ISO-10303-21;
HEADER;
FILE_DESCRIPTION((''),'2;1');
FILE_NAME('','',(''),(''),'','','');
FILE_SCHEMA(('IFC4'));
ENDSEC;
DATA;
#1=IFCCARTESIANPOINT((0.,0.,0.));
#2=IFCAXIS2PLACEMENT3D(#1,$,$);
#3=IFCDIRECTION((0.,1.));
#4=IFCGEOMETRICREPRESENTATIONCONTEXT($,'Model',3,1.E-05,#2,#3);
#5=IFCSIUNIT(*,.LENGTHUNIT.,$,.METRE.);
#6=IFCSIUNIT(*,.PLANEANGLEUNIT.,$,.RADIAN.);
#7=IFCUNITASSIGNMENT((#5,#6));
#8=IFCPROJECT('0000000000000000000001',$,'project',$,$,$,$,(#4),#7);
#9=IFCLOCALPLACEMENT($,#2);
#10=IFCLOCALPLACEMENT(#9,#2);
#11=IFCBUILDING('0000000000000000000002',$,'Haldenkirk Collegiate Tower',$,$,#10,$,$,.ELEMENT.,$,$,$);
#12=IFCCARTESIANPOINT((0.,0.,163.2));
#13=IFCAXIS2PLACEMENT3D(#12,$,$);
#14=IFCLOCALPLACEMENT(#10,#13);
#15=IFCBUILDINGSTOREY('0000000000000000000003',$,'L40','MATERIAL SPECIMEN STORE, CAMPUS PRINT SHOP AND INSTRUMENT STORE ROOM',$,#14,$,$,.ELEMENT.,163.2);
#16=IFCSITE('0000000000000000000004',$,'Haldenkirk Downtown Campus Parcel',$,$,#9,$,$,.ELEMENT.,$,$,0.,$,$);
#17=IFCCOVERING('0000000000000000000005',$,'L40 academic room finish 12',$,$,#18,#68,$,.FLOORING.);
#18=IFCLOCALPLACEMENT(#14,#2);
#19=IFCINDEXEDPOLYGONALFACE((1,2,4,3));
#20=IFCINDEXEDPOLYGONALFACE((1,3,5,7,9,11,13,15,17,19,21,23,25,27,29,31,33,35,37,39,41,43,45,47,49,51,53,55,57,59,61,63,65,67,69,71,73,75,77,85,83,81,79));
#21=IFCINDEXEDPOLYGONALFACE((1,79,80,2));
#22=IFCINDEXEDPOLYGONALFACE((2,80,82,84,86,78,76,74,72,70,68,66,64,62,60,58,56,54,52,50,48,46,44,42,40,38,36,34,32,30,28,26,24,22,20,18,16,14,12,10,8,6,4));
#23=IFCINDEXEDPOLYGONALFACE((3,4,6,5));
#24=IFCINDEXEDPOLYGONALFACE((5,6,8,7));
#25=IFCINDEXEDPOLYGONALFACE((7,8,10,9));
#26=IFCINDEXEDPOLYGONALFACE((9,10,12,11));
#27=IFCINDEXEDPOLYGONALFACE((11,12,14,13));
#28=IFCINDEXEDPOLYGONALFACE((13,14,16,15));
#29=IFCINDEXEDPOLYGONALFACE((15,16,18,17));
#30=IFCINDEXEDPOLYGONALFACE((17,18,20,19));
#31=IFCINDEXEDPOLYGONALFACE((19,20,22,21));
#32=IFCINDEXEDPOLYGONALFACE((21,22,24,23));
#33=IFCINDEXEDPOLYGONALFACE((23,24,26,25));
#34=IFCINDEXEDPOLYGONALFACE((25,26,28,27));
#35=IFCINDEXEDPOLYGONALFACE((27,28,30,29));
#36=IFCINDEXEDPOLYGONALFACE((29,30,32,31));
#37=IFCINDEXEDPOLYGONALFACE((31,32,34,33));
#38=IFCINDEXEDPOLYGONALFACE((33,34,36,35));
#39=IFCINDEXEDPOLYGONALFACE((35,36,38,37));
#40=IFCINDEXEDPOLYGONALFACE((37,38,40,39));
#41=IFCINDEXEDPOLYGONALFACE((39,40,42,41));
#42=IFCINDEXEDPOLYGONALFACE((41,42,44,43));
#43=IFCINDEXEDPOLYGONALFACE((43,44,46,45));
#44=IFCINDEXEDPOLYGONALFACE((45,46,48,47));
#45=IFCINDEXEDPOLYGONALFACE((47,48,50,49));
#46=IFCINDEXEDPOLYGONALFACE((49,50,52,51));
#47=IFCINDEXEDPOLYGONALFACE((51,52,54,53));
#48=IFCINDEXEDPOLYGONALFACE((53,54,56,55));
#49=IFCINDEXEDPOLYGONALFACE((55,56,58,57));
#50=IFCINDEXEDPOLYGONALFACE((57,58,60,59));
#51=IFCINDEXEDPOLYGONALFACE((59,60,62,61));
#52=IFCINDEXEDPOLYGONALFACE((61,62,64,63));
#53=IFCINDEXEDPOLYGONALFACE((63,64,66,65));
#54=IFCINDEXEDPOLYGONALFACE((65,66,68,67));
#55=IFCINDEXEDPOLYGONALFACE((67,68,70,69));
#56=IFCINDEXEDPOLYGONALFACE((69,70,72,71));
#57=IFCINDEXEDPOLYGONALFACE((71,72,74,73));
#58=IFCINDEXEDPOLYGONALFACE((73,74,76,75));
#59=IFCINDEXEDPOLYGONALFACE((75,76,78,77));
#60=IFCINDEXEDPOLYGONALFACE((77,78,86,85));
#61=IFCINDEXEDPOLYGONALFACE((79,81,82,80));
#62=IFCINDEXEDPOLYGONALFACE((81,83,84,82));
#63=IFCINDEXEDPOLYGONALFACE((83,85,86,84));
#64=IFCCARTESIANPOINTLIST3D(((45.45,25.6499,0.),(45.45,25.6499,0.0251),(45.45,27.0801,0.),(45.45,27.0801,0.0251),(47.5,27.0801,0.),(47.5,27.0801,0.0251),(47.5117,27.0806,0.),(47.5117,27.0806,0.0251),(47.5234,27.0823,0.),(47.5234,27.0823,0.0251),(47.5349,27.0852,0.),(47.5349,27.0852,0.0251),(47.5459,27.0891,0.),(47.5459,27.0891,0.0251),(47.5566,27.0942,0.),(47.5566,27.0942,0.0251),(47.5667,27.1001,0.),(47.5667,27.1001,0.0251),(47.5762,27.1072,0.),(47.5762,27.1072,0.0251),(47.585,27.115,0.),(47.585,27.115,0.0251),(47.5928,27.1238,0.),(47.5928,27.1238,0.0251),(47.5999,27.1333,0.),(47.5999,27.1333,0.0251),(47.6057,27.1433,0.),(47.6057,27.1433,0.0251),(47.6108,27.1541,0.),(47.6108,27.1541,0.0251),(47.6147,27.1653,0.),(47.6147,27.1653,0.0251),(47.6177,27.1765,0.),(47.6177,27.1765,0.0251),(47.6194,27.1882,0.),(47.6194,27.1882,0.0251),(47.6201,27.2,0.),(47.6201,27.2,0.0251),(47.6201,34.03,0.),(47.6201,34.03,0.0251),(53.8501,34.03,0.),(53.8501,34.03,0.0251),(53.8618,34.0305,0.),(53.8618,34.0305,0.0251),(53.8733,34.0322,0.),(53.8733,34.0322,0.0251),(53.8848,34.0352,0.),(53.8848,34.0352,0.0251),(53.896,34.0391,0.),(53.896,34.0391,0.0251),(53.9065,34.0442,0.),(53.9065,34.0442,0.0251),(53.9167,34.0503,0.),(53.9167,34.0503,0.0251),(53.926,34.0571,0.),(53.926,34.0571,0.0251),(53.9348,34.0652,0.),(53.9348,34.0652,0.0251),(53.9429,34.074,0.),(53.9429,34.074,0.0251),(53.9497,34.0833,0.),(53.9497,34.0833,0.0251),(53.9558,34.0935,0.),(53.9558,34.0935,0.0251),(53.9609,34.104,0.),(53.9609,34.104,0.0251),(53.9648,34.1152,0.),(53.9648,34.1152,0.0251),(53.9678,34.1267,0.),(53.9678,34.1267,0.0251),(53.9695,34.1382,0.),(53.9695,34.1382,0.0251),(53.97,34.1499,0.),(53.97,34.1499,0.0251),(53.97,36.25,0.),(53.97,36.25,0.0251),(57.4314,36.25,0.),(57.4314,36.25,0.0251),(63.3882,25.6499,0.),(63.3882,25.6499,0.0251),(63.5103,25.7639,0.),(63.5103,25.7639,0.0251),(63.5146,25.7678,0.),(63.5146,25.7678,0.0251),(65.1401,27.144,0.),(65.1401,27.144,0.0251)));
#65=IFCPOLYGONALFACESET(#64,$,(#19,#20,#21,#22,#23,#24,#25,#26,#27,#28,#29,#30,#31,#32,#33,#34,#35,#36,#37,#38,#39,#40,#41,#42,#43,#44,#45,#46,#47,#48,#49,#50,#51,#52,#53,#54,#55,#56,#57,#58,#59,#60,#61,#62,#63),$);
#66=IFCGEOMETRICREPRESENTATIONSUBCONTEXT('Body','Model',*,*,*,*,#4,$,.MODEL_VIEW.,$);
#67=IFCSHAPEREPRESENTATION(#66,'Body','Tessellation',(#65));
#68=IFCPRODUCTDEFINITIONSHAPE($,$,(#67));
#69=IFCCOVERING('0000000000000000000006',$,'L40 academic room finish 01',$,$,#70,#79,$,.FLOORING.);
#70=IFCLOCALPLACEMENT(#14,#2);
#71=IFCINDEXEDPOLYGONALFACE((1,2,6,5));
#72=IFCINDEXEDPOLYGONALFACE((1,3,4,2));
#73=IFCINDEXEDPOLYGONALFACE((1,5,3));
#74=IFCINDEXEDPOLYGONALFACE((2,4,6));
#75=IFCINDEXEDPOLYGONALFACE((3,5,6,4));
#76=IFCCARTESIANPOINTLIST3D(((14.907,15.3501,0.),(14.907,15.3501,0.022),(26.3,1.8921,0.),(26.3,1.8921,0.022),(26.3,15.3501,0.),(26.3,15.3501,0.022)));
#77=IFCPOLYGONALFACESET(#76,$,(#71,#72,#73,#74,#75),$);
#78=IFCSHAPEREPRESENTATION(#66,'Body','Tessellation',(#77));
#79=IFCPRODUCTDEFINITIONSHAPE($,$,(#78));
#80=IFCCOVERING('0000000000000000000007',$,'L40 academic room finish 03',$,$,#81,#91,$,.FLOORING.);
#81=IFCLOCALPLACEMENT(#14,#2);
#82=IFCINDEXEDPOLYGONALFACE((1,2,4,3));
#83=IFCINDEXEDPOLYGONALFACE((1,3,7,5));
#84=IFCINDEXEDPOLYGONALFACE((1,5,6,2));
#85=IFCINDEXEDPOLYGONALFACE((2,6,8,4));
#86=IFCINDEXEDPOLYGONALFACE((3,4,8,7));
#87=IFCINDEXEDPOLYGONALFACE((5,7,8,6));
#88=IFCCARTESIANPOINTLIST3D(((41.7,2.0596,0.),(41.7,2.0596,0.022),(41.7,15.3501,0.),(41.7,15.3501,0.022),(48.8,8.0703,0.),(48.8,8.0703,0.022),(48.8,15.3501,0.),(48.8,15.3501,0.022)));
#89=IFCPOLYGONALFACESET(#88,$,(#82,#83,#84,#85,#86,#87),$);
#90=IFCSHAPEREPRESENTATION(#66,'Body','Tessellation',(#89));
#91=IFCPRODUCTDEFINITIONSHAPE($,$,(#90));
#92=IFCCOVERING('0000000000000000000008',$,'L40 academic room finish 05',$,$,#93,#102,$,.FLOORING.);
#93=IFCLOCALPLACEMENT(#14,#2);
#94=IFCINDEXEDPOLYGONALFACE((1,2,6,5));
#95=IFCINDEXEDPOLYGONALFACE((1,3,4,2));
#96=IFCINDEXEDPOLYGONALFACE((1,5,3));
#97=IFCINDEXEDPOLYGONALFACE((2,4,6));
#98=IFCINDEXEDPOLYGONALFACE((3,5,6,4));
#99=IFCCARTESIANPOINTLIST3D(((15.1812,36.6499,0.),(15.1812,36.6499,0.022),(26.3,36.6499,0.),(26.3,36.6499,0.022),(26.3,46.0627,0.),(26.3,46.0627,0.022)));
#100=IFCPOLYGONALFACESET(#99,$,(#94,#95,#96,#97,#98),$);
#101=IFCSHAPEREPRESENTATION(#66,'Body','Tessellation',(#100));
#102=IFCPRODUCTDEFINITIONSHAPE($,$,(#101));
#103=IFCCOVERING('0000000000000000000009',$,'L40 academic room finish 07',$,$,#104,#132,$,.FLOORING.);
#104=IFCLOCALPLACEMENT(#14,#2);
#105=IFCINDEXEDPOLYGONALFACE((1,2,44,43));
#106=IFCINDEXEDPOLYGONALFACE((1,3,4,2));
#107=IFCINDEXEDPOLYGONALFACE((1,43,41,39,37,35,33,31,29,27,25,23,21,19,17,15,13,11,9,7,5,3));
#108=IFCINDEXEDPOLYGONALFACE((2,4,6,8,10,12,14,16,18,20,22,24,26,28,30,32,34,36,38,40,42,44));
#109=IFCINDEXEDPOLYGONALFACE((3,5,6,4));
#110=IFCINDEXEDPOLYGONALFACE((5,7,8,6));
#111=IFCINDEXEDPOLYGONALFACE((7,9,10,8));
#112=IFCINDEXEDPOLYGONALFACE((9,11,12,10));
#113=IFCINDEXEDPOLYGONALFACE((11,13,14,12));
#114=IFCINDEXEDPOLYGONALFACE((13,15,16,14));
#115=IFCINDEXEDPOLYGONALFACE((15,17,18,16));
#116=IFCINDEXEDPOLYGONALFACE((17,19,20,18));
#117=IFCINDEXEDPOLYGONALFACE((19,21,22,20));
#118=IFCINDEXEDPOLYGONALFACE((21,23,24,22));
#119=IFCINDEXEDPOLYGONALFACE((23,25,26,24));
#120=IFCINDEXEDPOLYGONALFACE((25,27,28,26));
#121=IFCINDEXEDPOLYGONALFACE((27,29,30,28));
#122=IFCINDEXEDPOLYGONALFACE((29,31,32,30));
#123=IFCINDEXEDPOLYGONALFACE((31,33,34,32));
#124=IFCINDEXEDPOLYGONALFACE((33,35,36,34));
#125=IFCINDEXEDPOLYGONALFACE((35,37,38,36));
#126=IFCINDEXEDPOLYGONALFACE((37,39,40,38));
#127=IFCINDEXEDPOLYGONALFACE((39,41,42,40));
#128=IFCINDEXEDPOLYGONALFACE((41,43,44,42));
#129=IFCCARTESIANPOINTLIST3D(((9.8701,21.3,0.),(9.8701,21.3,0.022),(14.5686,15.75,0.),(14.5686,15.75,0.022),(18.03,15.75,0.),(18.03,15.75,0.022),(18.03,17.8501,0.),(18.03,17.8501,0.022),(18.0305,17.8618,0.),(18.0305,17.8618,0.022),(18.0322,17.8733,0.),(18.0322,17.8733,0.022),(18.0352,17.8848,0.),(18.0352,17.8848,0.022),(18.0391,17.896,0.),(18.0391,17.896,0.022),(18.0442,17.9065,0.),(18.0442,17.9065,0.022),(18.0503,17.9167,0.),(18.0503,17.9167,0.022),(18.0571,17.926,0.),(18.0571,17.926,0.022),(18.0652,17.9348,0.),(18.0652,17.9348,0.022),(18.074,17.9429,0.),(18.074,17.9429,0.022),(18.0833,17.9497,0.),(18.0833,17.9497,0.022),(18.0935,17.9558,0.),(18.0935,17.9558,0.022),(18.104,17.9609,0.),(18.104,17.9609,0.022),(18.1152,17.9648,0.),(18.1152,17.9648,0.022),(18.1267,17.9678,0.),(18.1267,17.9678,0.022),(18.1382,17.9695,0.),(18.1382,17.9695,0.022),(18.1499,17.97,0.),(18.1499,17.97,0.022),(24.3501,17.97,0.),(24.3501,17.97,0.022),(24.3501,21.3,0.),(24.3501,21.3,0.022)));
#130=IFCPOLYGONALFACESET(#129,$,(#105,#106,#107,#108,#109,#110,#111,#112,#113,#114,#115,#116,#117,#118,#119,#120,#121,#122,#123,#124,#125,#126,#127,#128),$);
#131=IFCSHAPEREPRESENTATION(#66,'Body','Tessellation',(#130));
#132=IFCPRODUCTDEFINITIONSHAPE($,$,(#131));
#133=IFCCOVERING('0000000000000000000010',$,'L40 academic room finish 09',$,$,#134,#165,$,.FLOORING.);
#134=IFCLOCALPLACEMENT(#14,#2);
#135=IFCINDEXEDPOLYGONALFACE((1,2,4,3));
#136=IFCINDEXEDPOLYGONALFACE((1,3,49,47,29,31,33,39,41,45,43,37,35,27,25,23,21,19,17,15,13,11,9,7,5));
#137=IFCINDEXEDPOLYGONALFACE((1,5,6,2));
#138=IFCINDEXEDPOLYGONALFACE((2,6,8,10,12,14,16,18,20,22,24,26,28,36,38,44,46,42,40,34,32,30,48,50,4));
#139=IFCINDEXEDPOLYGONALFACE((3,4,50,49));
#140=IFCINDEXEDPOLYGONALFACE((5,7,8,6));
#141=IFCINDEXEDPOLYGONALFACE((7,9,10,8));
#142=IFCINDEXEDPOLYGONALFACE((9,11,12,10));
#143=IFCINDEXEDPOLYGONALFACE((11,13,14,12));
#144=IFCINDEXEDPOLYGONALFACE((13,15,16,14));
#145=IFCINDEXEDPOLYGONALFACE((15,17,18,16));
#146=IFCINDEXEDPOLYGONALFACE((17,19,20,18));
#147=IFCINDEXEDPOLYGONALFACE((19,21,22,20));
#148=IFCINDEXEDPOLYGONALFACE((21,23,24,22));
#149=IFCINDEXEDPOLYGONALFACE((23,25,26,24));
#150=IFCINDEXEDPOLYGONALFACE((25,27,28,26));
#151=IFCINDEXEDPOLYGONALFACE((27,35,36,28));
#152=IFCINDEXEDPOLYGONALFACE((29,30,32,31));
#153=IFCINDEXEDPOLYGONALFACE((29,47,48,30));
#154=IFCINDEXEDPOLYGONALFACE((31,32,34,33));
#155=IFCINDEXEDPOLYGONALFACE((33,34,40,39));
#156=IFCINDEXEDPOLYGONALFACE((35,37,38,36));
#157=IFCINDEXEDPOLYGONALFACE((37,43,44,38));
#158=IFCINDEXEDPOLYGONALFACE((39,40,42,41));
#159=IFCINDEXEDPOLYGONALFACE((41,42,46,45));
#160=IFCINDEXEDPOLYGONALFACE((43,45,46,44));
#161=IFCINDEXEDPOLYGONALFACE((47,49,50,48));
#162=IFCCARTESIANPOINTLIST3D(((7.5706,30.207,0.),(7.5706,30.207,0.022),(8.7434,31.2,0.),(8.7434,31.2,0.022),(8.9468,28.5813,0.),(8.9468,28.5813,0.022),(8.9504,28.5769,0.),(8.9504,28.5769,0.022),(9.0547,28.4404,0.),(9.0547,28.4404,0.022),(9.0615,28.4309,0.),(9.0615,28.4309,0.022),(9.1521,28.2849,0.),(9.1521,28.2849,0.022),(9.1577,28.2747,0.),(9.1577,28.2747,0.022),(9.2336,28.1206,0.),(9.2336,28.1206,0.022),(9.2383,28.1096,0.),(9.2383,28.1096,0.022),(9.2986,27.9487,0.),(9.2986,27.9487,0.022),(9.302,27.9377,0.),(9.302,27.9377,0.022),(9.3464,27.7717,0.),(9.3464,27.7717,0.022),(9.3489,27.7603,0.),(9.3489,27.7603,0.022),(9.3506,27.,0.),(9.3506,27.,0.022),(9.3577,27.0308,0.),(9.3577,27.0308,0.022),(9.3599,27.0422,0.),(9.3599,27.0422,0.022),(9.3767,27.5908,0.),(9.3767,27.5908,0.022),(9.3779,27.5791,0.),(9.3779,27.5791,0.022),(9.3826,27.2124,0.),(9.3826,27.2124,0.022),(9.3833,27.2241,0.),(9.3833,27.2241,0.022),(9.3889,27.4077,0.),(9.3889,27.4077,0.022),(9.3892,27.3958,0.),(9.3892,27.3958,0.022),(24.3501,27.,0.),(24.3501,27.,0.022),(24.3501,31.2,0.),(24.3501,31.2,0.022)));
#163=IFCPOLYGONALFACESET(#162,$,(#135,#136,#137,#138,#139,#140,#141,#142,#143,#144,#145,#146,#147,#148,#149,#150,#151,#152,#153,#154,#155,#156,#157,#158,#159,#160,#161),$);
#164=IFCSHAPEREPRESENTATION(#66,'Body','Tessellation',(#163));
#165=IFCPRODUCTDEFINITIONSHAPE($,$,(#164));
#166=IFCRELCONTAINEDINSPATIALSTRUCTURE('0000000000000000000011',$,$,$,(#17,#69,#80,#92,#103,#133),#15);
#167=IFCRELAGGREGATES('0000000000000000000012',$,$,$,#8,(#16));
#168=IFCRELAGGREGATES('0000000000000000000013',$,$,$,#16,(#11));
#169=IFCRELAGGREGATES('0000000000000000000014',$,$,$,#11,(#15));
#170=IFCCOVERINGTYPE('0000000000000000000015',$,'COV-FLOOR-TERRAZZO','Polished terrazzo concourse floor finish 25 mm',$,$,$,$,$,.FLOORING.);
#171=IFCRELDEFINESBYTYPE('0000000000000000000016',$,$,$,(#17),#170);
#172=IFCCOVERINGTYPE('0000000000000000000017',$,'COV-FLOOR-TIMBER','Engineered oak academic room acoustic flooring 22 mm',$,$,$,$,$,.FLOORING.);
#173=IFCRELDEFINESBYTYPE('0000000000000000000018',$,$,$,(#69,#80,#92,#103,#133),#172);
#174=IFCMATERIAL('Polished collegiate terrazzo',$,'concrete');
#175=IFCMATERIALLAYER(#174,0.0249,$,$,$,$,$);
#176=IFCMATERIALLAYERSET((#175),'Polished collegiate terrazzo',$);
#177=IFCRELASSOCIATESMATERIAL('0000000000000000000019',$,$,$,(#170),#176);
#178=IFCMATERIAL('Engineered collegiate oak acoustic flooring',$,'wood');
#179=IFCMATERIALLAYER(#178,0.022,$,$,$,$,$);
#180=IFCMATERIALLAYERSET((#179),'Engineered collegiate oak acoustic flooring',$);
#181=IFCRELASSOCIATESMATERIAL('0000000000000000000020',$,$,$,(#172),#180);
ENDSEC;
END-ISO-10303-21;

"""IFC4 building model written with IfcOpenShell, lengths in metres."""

from ifc_helpers import new_model, si_unit, direction, frame, origin, place, context, subcontext, project, spatial, polyline, outline, extrude, material, layer, layer_set, type_object, element, save


model = new_model("IFC4")

# Units and contexts
model_context = context("Model", 3, precision=1e-05, world=origin(), true_north=direction((0.0, 1.0)))
body_context = subcontext(model_context, "Body", "Model", "MODEL_VIEW")
ifc_project = project(units=[si_unit("LENGTHUNIT", "METRE"), si_unit("PLANEANGLEUNIT", "RADIAN")], contexts=[model_context])

# Site, building, storey
site_placement = place(None, origin())
site = spatial("IfcSite", under=ifc_project, at=site_placement, Name="Haldenkirk Downtown Campus Parcel", CompositionType="ELEMENT", RefElevation=0.0)
building_placement = place(site_placement, origin())
building = spatial("IfcBuilding", under=site, at=building_placement, Name="Haldenkirk Collegiate Tower", CompositionType="ELEMENT")
storey_placement = place(building_placement, frame((0.0, 0.0, 163.2)))
storey = spatial("IfcBuildingStorey", under=building, at=storey_placement, Name="L40", Description="MATERIAL SPECIMEN STORE, CAMPUS PRINT SHOP AND INSTRUMENT STORE ROOM", CompositionType="ELEMENT", Elevation=163.2)

# Coverings
ifc_material_1 = material(Name="Polished collegiate terrazzo", Category="concrete")
ifc_layer_1 = layer(ifc_material_1, 0.0249)
ifc_layer_set_1 = layer_set([ifc_layer_1], Name="Polished collegiate terrazzo")
covering_type_1 = type_object("IfcCoveringType", Name="COV-FLOOR-TERRAZZO", Description="Polished terrazzo concourse floor finish 25 mm", PredefinedType="FLOORING", material=ifc_layer_set_1)
covering_1_placement = place(storey_placement, origin())
element("IfcCovering", 1, at=covering_1_placement, inside=storey, type_object=covering_type_1, Name="L40 academic room finish 12", PredefinedType="FLOORING", context=body_context, shape_type="SweptSolid", body=[
    extrude(outline(polyline([(63.3882, 25.6499), (45.45, 25.6499), (45.45, 27.0801), (47.5, 27.0801), (47.5117, 27.0806), (47.5234, 27.0823), (47.5349, 27.0852), (47.5459, 27.0891), (47.5566, 27.0942), (47.5667, 27.1001), (47.5762, 27.1072), (47.585, 27.115), (47.5928, 27.1238), (47.5999, 27.1333), (47.6057, 27.1433), (47.6108, 27.1541), (47.6147, 27.1653), (47.6177, 27.1765), (47.6194, 27.1882), (47.6201, 27.2), (47.6201, 34.03), (53.8501, 34.03), (53.8618, 34.0305), (53.8733, 34.0322), (53.8848, 34.0352), (53.896, 34.0391), (53.9065, 34.0442), (53.9167, 34.0503), (53.926, 34.0571), (53.9348, 34.0652), (53.9429, 34.074), (53.9497, 34.0833), (53.9558, 34.0935), (53.9609, 34.104), (53.9648, 34.1152), (53.9678, 34.1267), (53.9695, 34.1382), (53.97, 34.1499), (53.97, 36.25), (57.4314, 36.25), (65.1401, 27.144), (63.5146, 25.7678), (63.5103, 25.7639), (63.3882, 25.6499)])), origin(), (0.0, 0.0, 1.0), 0.0251),
])
ifc_material_2 = material(Name="Engineered collegiate oak acoustic flooring", Category="wood")
ifc_layer_2 = layer(ifc_material_2, 0.022)
ifc_layer_set_2 = layer_set([ifc_layer_2], Name="Engineered collegiate oak acoustic flooring")
covering_type_2 = type_object("IfcCoveringType", Name="COV-FLOOR-TIMBER", Description="Engineered oak academic room acoustic flooring 22 mm", PredefinedType="FLOORING", material=ifc_layer_set_2)
covering_2_placement = place(storey_placement, origin())
element("IfcCovering", 2, at=covering_2_placement, inside=storey, type_object=covering_type_2, Name="L40 academic room finish 01", PredefinedType="FLOORING", context=body_context, shape_type="SweptSolid", body=[
    extrude(outline(polyline([(14.907, 15.3501), (26.3, 15.3501), (26.3, 1.8921), (14.907, 15.3501)])), origin(), (0.0, 0.0, 1.0), 0.022),
])
covering_3_placement = place(storey_placement, origin())
element("IfcCovering", 3, at=covering_3_placement, inside=storey, type_object=covering_type_2, Name="L40 academic room finish 03", PredefinedType="FLOORING", context=body_context, shape_type="SweptSolid", body=[
    extrude(outline(polyline([(41.7, 2.0596), (41.7, 15.3501), (48.8, 15.3501), (48.8, 8.0703), (41.7, 2.0596)])), origin(), (0.0, 0.0, 1.0), 0.022),
])
covering_4_placement = place(storey_placement, origin())
element("IfcCovering", 4, at=covering_4_placement, inside=storey, type_object=covering_type_2, Name="L40 academic room finish 05", PredefinedType="FLOORING", context=body_context, shape_type="SweptSolid", body=[
    extrude(outline(polyline([(26.3, 46.0627), (26.3, 36.6499), (15.1812, 36.6499), (26.3, 46.0627)])), origin(), (0.0, 0.0, 1.0), 0.022),
])
covering_5_placement = place(storey_placement, origin())
element("IfcCovering", 5, at=covering_5_placement, inside=storey, type_object=covering_type_2, Name="L40 academic room finish 07", PredefinedType="FLOORING", context=body_context, shape_type="SweptSolid", body=[
    extrude(outline(polyline([(18.1499, 17.97), (18.1382, 17.9695), (18.1267, 17.9678), (18.1152, 17.9648), (18.104, 17.9609), (18.0935, 17.9558), (18.0833, 17.9497), (18.074, 17.9429), (18.0652, 17.9348), (18.0571, 17.926), (18.0503, 17.9167), (18.0442, 17.9065), (18.0391, 17.896), (18.0352, 17.8848), (18.0322, 17.8733), (18.0305, 17.8618), (18.03, 17.8501), (18.03, 15.75), (14.5686, 15.75), (9.8701, 21.3), (24.3501, 21.3), (24.3501, 17.97), (18.1499, 17.97)])), origin(), (0.0, 0.0, 1.0), 0.022),
])
covering_6_placement = place(storey_placement, origin())
element("IfcCovering", 6, at=covering_6_placement, inside=storey, type_object=covering_type_2, Name="L40 academic room finish 09", PredefinedType="FLOORING", context=body_context, shape_type="SweptSolid", body=[
    extrude(outline(polyline([(9.3506, 27.0), (9.3577, 27.0308), (9.3599, 27.0422), (9.3826, 27.2124), (9.3833, 27.2241), (9.3892, 27.3958), (9.3889, 27.4077), (9.3779, 27.5791), (9.3767, 27.5908), (9.3489, 27.7603), (9.3464, 27.7717), (9.302, 27.9377), (9.2986, 27.9487), (9.2383, 28.1096), (9.2336, 28.1206), (9.1577, 28.2747), (9.1521, 28.2849), (9.0615, 28.4309), (9.0547, 28.4404), (8.9504, 28.5769), (8.9468, 28.5813), (7.5706, 30.207), (8.7434, 31.2), (24.3501, 31.2), (24.3501, 27.0), (9.3506, 27.0)])), origin(), (0.0, 0.0, 1.0), 0.022),
])

save(model, "model.ifc")
